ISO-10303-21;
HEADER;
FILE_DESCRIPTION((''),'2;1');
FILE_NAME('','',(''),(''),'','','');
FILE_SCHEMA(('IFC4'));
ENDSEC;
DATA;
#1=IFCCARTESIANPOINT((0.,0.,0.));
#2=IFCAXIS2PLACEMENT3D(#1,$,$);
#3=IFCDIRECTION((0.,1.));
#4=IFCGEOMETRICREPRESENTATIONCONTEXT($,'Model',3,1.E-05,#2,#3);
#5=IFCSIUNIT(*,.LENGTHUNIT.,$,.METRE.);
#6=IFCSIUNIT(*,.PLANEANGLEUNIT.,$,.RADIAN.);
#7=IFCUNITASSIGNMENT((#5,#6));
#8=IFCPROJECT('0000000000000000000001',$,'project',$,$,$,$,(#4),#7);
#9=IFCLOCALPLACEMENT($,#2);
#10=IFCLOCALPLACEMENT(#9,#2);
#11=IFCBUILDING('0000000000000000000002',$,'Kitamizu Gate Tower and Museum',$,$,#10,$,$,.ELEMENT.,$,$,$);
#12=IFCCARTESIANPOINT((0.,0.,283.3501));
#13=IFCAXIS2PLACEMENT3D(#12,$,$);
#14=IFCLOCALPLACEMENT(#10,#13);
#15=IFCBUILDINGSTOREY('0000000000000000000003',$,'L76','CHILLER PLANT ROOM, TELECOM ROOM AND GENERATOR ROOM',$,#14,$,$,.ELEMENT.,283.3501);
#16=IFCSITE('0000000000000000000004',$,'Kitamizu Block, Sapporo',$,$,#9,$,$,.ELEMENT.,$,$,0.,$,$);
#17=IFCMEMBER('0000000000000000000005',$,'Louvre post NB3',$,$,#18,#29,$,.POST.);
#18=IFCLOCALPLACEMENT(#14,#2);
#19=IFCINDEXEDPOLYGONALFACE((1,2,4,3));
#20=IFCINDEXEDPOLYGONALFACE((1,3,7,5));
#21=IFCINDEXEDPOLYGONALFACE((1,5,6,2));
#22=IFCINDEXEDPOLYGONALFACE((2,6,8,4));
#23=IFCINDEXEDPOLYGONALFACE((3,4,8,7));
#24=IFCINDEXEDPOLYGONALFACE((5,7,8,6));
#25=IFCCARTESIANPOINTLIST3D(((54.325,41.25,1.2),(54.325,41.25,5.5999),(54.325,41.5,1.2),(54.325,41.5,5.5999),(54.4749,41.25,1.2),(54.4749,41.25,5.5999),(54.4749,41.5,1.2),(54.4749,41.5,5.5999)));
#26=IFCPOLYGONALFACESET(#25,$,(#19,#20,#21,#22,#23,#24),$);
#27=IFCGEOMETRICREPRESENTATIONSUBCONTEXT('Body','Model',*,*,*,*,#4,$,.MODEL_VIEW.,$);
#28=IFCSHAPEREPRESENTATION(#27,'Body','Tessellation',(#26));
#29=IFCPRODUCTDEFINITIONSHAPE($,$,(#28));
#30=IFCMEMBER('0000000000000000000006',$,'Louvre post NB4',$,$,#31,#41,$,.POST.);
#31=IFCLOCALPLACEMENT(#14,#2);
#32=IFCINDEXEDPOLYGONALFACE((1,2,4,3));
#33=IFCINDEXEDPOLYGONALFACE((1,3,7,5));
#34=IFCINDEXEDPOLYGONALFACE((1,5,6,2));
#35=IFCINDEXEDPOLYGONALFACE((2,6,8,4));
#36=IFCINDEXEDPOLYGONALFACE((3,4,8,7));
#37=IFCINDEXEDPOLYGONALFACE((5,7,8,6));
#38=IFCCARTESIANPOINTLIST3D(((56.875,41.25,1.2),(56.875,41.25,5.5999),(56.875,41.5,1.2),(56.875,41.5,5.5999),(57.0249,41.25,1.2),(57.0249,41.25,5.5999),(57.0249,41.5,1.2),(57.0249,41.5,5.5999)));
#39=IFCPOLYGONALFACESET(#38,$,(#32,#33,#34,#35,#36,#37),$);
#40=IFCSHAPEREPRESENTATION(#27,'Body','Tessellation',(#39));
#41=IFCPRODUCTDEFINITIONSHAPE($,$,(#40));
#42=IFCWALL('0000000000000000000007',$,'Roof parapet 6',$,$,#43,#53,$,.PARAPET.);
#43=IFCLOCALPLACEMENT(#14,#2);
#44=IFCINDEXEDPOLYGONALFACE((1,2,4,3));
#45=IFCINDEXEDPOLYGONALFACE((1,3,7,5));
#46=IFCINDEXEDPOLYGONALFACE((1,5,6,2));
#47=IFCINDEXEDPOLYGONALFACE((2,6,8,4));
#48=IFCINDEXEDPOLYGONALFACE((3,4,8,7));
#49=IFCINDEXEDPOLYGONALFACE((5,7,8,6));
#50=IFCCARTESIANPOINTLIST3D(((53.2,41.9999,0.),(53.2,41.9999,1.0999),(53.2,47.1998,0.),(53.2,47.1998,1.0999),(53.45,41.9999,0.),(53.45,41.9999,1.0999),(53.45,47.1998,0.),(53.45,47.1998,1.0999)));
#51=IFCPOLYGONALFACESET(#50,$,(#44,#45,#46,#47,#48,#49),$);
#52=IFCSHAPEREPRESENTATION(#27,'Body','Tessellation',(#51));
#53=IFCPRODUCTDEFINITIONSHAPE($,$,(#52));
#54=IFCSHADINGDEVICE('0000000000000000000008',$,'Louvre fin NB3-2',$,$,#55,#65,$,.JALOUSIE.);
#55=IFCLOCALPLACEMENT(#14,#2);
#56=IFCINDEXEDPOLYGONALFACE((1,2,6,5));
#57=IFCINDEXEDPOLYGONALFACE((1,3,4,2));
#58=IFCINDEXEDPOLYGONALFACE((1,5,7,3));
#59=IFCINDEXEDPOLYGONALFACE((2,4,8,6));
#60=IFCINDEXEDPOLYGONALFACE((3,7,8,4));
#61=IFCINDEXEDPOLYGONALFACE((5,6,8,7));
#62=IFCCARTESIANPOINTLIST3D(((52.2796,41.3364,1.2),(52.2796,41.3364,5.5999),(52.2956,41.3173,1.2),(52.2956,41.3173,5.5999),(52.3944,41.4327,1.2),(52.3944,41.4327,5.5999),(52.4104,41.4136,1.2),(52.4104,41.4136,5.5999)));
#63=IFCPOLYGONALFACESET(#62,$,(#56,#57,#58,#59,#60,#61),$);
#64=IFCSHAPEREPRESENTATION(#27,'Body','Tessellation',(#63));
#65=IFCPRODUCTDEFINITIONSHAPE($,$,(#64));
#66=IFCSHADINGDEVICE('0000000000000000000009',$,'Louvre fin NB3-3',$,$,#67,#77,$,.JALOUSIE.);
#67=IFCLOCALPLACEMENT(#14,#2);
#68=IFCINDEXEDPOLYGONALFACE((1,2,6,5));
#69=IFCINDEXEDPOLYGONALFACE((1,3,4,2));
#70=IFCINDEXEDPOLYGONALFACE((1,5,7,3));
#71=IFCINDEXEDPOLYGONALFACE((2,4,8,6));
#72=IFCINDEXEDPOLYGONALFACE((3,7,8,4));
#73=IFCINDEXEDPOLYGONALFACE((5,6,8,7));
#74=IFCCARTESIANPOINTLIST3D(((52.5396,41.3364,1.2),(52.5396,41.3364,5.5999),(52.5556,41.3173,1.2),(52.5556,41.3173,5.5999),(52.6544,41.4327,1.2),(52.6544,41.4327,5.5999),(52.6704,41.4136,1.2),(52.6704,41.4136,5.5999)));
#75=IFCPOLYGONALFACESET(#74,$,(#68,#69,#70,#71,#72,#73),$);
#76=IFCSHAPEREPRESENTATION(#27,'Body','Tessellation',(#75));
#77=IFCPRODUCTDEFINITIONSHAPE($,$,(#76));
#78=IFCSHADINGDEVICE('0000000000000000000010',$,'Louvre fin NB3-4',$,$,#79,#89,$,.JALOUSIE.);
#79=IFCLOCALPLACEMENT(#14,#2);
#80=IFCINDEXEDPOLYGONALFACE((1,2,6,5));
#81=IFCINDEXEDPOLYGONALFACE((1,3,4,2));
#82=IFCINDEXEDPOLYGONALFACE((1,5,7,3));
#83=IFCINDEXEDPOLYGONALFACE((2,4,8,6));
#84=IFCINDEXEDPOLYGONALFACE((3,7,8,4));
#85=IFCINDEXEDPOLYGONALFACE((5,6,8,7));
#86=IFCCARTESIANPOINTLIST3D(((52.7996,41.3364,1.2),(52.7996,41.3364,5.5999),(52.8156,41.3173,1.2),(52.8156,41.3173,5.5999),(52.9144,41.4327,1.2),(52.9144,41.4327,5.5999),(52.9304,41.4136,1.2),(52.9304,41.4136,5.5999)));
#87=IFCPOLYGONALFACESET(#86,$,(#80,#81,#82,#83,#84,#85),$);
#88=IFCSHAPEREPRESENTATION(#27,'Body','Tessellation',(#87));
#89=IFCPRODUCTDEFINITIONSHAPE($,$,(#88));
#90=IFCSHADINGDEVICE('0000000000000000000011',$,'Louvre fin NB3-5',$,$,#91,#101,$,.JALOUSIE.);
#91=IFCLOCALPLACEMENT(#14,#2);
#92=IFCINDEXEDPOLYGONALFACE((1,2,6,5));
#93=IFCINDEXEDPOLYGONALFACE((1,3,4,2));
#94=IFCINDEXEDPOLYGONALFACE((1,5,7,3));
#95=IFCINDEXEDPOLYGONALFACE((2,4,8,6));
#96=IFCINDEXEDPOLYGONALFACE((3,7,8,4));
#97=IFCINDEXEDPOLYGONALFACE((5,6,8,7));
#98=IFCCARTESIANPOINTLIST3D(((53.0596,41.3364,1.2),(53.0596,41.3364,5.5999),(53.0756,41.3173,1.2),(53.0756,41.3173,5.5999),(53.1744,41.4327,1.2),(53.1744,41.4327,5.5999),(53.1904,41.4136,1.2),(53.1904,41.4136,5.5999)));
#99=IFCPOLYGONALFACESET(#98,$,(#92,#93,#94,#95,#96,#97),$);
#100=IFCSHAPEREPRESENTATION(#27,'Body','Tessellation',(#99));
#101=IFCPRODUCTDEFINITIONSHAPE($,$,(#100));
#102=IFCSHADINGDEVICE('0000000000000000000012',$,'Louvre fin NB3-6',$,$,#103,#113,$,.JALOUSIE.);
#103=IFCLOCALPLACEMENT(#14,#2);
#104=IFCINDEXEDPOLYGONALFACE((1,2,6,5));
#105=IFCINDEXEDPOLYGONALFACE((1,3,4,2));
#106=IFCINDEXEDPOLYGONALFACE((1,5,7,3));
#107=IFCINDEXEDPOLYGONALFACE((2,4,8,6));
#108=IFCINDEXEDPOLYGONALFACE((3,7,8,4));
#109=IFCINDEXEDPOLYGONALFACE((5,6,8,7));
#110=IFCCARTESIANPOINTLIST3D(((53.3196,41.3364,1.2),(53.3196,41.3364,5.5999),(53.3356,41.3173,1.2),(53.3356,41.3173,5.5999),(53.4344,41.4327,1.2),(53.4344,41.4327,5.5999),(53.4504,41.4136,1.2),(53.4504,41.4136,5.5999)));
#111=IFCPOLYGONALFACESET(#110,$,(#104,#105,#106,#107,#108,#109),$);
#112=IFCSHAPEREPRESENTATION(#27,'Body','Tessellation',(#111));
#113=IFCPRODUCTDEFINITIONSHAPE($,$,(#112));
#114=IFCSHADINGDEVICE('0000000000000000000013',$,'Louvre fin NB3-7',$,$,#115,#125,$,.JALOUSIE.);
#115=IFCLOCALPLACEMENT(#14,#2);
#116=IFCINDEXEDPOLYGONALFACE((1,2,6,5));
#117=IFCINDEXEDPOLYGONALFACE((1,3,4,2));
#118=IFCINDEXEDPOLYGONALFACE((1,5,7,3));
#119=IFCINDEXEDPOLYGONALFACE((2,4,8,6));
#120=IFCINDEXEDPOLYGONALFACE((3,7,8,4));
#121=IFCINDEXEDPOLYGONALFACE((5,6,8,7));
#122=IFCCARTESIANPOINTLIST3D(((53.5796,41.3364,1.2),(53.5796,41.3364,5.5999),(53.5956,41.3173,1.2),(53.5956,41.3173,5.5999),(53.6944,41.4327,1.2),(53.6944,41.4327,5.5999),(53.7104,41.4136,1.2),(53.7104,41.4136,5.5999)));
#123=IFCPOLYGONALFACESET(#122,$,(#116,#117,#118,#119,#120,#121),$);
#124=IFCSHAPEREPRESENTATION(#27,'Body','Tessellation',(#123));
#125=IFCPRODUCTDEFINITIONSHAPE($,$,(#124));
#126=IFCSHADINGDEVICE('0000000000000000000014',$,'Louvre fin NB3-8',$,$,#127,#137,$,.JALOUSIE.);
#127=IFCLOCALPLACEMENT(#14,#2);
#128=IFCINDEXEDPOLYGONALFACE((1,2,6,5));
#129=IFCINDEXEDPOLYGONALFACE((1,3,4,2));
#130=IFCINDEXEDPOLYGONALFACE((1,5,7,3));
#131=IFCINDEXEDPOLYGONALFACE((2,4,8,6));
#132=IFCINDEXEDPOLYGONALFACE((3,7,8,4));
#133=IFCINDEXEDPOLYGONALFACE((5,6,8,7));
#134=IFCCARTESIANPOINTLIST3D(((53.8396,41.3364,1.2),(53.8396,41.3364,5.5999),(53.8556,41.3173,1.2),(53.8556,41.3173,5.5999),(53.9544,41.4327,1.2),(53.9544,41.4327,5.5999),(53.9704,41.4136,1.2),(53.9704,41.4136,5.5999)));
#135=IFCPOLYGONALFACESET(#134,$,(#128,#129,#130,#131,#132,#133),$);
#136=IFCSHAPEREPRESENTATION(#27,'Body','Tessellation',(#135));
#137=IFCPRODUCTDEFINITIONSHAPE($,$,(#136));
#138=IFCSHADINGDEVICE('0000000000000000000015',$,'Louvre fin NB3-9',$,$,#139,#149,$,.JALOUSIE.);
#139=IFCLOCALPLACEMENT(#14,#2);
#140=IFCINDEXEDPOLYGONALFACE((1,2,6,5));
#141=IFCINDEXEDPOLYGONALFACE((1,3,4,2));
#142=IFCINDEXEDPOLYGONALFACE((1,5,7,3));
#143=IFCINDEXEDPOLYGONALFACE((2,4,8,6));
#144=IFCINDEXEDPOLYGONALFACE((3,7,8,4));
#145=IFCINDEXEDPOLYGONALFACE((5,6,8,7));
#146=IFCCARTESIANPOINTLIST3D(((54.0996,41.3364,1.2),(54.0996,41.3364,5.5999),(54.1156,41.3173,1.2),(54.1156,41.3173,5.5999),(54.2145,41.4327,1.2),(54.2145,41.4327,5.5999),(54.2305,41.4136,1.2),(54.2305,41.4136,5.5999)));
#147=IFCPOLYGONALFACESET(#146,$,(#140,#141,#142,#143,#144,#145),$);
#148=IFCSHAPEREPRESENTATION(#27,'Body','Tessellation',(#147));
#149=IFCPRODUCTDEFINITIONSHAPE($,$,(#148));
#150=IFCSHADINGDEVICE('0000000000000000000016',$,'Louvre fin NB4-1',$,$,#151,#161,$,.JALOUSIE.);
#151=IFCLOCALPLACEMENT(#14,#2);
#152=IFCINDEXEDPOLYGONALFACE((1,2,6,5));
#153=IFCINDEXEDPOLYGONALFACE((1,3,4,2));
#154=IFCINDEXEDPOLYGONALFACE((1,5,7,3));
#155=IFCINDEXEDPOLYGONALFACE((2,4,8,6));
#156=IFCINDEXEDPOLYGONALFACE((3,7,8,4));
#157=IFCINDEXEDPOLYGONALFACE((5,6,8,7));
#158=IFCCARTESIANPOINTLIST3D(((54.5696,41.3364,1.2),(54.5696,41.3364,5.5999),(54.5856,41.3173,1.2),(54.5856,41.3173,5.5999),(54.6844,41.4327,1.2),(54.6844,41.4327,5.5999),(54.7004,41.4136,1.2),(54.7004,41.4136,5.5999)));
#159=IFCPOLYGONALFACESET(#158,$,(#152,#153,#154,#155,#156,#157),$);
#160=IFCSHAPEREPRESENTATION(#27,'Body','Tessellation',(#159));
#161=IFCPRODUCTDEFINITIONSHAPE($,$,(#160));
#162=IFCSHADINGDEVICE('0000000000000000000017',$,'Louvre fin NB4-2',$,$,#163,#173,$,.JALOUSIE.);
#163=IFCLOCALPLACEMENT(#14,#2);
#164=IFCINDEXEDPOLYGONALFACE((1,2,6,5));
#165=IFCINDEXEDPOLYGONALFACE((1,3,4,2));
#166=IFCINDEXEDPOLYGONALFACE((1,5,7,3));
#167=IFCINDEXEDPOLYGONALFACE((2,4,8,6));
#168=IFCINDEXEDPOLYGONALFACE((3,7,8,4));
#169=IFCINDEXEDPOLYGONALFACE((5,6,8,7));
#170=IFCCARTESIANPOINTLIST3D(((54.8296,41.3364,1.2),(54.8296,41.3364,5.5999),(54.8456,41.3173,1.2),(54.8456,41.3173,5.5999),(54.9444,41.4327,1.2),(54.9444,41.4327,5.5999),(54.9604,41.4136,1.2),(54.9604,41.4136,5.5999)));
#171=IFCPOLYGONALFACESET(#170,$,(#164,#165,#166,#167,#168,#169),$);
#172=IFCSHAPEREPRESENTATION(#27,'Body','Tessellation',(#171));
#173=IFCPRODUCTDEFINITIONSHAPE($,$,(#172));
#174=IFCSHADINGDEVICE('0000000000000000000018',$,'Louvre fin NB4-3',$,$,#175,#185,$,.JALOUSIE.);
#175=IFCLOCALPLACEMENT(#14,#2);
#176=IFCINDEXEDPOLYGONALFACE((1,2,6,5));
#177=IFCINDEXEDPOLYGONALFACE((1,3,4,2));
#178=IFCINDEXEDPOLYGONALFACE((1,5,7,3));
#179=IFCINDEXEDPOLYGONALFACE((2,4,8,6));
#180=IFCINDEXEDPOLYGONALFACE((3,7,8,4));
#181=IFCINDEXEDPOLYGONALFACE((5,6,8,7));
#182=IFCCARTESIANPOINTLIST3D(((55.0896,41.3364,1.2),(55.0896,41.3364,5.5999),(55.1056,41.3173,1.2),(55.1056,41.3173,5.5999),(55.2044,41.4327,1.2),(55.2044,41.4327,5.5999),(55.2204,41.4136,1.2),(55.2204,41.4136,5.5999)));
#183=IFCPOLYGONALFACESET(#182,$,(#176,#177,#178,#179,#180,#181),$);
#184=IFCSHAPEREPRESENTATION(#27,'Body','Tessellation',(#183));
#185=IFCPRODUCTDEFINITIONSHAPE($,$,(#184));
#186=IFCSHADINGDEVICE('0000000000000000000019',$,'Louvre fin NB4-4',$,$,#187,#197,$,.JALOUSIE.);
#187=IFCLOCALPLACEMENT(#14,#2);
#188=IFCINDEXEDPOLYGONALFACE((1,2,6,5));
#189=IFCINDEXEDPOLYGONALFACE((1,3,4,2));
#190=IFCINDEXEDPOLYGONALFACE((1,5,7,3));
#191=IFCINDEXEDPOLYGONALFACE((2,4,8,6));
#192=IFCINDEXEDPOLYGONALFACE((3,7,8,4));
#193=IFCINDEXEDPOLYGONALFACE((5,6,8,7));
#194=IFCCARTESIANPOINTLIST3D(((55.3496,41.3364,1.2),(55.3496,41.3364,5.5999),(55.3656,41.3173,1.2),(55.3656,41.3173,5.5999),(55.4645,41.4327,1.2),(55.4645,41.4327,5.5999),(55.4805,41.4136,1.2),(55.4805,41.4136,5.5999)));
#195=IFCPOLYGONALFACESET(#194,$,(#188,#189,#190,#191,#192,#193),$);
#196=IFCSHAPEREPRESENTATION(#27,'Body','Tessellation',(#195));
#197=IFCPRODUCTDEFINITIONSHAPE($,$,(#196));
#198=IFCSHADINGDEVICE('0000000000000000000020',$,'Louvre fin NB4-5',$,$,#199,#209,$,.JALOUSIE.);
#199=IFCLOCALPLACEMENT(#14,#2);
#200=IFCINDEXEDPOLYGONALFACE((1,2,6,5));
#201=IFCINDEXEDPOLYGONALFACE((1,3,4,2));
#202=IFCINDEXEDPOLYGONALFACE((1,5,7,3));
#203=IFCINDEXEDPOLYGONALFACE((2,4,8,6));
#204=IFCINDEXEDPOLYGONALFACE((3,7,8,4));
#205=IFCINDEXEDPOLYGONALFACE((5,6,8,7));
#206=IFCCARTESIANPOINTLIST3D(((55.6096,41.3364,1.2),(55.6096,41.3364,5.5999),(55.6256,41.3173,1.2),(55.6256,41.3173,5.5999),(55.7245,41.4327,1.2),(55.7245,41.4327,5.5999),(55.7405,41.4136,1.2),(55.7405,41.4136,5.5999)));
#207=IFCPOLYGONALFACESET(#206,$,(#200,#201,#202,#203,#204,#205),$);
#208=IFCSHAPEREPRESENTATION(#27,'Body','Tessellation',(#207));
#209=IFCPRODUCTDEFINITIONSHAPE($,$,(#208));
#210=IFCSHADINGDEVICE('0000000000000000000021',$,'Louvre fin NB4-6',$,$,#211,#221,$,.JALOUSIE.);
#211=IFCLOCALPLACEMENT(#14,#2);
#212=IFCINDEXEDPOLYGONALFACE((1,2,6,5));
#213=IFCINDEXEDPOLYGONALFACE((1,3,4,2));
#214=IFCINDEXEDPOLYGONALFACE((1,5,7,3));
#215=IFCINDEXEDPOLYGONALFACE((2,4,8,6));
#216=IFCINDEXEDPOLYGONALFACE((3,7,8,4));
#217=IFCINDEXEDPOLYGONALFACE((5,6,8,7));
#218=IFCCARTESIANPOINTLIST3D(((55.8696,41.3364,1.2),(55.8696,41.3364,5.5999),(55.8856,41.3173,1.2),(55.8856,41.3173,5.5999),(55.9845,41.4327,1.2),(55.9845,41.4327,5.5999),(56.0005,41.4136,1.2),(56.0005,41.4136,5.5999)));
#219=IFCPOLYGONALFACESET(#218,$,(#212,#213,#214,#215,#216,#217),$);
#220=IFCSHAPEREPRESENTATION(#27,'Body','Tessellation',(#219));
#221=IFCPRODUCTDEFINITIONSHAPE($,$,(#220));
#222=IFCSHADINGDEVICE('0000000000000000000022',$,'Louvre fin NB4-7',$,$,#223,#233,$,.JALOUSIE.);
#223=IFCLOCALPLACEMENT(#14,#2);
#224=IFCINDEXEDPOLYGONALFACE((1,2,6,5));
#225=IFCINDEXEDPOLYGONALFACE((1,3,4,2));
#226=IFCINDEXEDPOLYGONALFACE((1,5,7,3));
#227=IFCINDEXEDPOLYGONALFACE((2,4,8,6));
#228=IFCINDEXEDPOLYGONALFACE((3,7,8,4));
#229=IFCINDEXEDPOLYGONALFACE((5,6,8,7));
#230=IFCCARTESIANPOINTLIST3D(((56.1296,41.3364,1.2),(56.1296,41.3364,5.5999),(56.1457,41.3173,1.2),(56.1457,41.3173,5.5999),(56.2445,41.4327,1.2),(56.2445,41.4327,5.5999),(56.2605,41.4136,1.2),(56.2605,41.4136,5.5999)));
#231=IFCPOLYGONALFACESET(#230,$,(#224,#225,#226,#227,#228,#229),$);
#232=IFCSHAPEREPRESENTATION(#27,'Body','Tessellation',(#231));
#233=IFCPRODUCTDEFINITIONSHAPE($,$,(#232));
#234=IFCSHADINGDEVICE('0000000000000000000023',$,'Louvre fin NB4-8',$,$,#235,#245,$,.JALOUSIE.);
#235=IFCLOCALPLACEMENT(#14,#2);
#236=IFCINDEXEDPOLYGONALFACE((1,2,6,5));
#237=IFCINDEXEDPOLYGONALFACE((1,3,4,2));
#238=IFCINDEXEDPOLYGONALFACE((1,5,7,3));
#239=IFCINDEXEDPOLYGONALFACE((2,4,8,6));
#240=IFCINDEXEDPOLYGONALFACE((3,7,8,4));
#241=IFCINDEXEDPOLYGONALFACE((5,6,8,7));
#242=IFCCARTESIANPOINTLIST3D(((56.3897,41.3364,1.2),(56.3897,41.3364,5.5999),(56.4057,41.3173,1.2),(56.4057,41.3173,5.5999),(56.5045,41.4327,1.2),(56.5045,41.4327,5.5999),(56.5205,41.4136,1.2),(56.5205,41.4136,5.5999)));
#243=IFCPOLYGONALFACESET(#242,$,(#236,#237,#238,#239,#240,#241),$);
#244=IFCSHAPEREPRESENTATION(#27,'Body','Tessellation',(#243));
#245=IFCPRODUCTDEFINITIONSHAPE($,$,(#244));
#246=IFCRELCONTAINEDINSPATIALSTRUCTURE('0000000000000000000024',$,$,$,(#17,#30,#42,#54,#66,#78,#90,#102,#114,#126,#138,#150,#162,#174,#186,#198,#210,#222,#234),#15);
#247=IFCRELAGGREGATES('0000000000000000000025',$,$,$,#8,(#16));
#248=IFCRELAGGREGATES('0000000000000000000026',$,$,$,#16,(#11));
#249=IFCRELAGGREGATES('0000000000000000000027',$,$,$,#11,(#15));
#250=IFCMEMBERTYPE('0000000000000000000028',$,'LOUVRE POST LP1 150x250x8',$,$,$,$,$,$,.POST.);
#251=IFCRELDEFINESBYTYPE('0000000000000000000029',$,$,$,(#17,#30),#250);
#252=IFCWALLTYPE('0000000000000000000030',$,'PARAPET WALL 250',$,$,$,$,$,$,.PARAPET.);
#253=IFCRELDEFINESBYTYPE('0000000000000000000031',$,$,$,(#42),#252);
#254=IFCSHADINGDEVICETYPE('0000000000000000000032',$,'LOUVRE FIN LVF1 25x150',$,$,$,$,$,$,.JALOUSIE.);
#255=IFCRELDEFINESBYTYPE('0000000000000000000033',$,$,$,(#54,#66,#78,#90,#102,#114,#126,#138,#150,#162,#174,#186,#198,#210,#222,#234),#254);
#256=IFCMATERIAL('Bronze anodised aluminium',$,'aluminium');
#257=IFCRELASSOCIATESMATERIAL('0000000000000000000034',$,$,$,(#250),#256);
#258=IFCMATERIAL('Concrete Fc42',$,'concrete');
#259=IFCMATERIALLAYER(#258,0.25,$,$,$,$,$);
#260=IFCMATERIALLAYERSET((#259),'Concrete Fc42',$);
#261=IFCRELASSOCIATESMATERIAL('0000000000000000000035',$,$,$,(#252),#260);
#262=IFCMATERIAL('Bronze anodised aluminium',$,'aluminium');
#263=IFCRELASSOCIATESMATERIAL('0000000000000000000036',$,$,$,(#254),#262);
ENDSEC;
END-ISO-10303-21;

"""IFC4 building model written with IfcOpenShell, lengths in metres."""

from ifc_helpers import new_model, si_unit, direction, frame, frame_2d, origin, origin_2d, place, context, subcontext, project, spatial, rectangle, extrude, material, layer, layer_set, material_profile, profile_set, type_object, element, save


model = new_model("IFC4")

# Units and contexts
model_context = context("Model", 3, precision=1e-05, world=origin(), true_north=direction((0.0, 1.0)))
body_context = subcontext(model_context, "Body", "Model", "MODEL_VIEW")
ifc_project = project(units=[si_unit("LENGTHUNIT", "METRE"), si_unit("PLANEANGLEUNIT", "RADIAN")], contexts=[model_context])

# Site, building, storey
site_placement = place(None, origin())
site = spatial("IfcSite", under=ifc_project, at=site_placement, Name="Kitamizu Block, Sapporo", CompositionType="ELEMENT", RefElevation=0.0)
building_placement = place(site_placement, origin())
building = spatial("IfcBuilding", under=site, at=building_placement, Name="Kitamizu Gate Tower and Museum", CompositionType="ELEMENT")
storey_placement = place(building_placement, frame((0.0, 0.0, 283.3501)))
storey = spatial("IfcBuildingStorey", under=building, at=storey_placement, Name="L76", Description="CHILLER PLANT ROOM, TELECOM ROOM AND GENERATOR ROOM", CompositionType="ELEMENT", Elevation=283.3501)

# Members
ifc_material_1 = material(Name="Bronze anodised aluminium", Category="aluminium")
ifc_material_profile_1 = material_profile(ifc_material_1, rectangle(XDim=0.1499, YDim=0.25, at=origin_2d()), Name="AL 150x250")
ifc_profile_set_1 = profile_set([ifc_material_profile_1], Name="Bronze anodised aluminium")
member_type = type_object("IfcMemberType", Name="LOUVRE POST LP1 150x250x8", PredefinedType="POST", material=ifc_profile_set_1)
for number, where, z_axis, x_axis, name in (
    (1, (54.3999, 41.375, 1.2), (0.0, 0.0, 1.0), (1.0, 0.0, 0.0), "Louvre post NB3"),
    (2, (56.95, 41.375, 1.2), (0.0, 0.0, 1.0), (1.0, 0.0, 0.0), "Louvre post NB4"),
):
    element("IfcMember", number, at=place(storey_placement, frame(where, z_axis=z_axis, x_axis=x_axis)), inside=storey, type_object=member_type, Name=name, PredefinedType="POST", context=body_context, shape_type="SweptSolid", body=[
        extrude(rectangle(XDim=0.1499, YDim=0.25, at=origin_2d()), origin(), (0.0, 0.0, 1.0), 4.3999),
    ])

# Wall
ifc_material_2 = material(Name="Concrete Fc42", Category="concrete")
ifc_layer = layer(ifc_material_2, 0.25)
ifc_layer_set = layer_set([ifc_layer], Name="Concrete Fc42")
wall_type = type_object("IfcWallType", Name="PARAPET WALL 250", PredefinedType="PARAPET", material=ifc_layer_set)
wall_placement = place(storey_placement, frame((53.325, 47.2, 0.0), z_axis=(0.0, 0.0, 1.0), x_axis=(0.0, -1.0, 0.0)))
element("IfcWall", 3, at=wall_placement, inside=storey, type_object=wall_type, Name="Roof parapet 6", PredefinedType="PARAPET", context=body_context, shape_type="SweptSolid", body=[
    extrude(rectangle(XDim=5.2, YDim=0.25, at=frame_2d((2.6001, 0.0))), origin(), (0.0, 0.0, 1.0), 1.0999),
])

# Shading devices
ifc_material_3 = material(Name="Bronze anodised aluminium", Category="aluminium")
ifc_material_profile_2 = material_profile(ifc_material_3, rectangle(XDim=0.1499, YDim=0.0249, at=origin_2d()), Name="AL 25x150")
ifc_profile_set_2 = profile_set([ifc_material_profile_2], Name="Bronze anodised aluminium")
shading_device_type = type_object("IfcShadingDeviceType", Name="LOUVRE FIN LVF1 25x150", PredefinedType="JALOUSIE", material=ifc_profile_set_2)
for number, where, z_axis, x_axis, name in (
    (4, (52.345, 41.375, 1.2), (0.0, 0.0, 1.0), (0.766044, 0.642788, 0.0), "Louvre fin NB3-2"),
    (5, (52.605, 41.375, 1.2), (0.0, 0.0, 1.0), (0.766044, 0.642788, 0.0), "Louvre fin NB3-3"),
    (6, (52.865, 41.375, 1.2), (0.0, 0.0, 1.0), (0.766044, 0.642788, 0.0), "Louvre fin NB3-4"),
    (7, (53.125, 41.375, 1.2), (0.0, 0.0, 1.0), (0.766044, 0.642788, 0.0), "Louvre fin NB3-5"),
    (8, (53.385, 41.375, 1.2), (0.0, 0.0, 1.0), (0.766044, 0.642788, 0.0), "Louvre fin NB3-6"),
    (9, (53.645, 41.375, 1.2), (0.0, 0.0, 1.0), (0.766044, 0.642788, 0.0), "Louvre fin NB3-7"),
    (10, (53.905, 41.375, 1.2), (0.0, 0.0, 1.0), (0.766044, 0.642788, 0.0), "Louvre fin NB3-8"),
    (11, (54.165, 41.375, 1.2), (0.0, 0.0, 1.0), (0.766044, 0.642788, 0.0), "Louvre fin NB3-9"),
    (12, (54.635, 41.375, 1.2), (0.0, 0.0, 1.0), (0.766044, 0.642788, 0.0), "Louvre fin NB4-1"),
    (13, (54.895, 41.375, 1.2), (0.0, 0.0, 1.0), (0.766044, 0.642788, 0.0), "Louvre fin NB4-2"),
    (14, (55.155, 41.375, 1.2), (0.0, 0.0, 1.0), (0.766044, 0.642788, 0.0), "Louvre fin NB4-3"),
    (15, (55.415, 41.375, 1.2), (0.0, 0.0, 1.0), (0.766044, 0.642788, 0.0), "Louvre fin NB4-4"),
    (16, (55.675, 41.375, 1.2), (0.0, 0.0, 1.0), (0.766044, 0.642788, 0.0), "Louvre fin NB4-5"),
    (17, (55.9351, 41.375, 1.2), (0.0, 0.0, 1.0), (0.766044, 0.642788, 0.0), "Louvre fin NB4-6"),
    (18, (56.1951, 41.375, 1.2), (0.0, 0.0, 1.0), (0.766044, 0.642788, 0.0), "Louvre fin NB4-7"),
    (19, (56.4551, 41.375, 1.2), (0.0, 0.0, 1.0), (0.766044, 0.642788, 0.0), "Louvre fin NB4-8"),
):
    element("IfcShadingDevice", number, at=place(storey_placement, frame(where, z_axis=z_axis, x_axis=x_axis)), inside=storey, type_object=shading_device_type, Name=name, PredefinedType="JALOUSIE", context=body_context, shape_type="SweptSolid", body=[
        extrude(rectangle(XDim=0.1499, YDim=0.0249, at=origin_2d()), origin(), (0.0, 0.0, 1.0), 4.3999),
    ])

save(model, "model.ifc")
